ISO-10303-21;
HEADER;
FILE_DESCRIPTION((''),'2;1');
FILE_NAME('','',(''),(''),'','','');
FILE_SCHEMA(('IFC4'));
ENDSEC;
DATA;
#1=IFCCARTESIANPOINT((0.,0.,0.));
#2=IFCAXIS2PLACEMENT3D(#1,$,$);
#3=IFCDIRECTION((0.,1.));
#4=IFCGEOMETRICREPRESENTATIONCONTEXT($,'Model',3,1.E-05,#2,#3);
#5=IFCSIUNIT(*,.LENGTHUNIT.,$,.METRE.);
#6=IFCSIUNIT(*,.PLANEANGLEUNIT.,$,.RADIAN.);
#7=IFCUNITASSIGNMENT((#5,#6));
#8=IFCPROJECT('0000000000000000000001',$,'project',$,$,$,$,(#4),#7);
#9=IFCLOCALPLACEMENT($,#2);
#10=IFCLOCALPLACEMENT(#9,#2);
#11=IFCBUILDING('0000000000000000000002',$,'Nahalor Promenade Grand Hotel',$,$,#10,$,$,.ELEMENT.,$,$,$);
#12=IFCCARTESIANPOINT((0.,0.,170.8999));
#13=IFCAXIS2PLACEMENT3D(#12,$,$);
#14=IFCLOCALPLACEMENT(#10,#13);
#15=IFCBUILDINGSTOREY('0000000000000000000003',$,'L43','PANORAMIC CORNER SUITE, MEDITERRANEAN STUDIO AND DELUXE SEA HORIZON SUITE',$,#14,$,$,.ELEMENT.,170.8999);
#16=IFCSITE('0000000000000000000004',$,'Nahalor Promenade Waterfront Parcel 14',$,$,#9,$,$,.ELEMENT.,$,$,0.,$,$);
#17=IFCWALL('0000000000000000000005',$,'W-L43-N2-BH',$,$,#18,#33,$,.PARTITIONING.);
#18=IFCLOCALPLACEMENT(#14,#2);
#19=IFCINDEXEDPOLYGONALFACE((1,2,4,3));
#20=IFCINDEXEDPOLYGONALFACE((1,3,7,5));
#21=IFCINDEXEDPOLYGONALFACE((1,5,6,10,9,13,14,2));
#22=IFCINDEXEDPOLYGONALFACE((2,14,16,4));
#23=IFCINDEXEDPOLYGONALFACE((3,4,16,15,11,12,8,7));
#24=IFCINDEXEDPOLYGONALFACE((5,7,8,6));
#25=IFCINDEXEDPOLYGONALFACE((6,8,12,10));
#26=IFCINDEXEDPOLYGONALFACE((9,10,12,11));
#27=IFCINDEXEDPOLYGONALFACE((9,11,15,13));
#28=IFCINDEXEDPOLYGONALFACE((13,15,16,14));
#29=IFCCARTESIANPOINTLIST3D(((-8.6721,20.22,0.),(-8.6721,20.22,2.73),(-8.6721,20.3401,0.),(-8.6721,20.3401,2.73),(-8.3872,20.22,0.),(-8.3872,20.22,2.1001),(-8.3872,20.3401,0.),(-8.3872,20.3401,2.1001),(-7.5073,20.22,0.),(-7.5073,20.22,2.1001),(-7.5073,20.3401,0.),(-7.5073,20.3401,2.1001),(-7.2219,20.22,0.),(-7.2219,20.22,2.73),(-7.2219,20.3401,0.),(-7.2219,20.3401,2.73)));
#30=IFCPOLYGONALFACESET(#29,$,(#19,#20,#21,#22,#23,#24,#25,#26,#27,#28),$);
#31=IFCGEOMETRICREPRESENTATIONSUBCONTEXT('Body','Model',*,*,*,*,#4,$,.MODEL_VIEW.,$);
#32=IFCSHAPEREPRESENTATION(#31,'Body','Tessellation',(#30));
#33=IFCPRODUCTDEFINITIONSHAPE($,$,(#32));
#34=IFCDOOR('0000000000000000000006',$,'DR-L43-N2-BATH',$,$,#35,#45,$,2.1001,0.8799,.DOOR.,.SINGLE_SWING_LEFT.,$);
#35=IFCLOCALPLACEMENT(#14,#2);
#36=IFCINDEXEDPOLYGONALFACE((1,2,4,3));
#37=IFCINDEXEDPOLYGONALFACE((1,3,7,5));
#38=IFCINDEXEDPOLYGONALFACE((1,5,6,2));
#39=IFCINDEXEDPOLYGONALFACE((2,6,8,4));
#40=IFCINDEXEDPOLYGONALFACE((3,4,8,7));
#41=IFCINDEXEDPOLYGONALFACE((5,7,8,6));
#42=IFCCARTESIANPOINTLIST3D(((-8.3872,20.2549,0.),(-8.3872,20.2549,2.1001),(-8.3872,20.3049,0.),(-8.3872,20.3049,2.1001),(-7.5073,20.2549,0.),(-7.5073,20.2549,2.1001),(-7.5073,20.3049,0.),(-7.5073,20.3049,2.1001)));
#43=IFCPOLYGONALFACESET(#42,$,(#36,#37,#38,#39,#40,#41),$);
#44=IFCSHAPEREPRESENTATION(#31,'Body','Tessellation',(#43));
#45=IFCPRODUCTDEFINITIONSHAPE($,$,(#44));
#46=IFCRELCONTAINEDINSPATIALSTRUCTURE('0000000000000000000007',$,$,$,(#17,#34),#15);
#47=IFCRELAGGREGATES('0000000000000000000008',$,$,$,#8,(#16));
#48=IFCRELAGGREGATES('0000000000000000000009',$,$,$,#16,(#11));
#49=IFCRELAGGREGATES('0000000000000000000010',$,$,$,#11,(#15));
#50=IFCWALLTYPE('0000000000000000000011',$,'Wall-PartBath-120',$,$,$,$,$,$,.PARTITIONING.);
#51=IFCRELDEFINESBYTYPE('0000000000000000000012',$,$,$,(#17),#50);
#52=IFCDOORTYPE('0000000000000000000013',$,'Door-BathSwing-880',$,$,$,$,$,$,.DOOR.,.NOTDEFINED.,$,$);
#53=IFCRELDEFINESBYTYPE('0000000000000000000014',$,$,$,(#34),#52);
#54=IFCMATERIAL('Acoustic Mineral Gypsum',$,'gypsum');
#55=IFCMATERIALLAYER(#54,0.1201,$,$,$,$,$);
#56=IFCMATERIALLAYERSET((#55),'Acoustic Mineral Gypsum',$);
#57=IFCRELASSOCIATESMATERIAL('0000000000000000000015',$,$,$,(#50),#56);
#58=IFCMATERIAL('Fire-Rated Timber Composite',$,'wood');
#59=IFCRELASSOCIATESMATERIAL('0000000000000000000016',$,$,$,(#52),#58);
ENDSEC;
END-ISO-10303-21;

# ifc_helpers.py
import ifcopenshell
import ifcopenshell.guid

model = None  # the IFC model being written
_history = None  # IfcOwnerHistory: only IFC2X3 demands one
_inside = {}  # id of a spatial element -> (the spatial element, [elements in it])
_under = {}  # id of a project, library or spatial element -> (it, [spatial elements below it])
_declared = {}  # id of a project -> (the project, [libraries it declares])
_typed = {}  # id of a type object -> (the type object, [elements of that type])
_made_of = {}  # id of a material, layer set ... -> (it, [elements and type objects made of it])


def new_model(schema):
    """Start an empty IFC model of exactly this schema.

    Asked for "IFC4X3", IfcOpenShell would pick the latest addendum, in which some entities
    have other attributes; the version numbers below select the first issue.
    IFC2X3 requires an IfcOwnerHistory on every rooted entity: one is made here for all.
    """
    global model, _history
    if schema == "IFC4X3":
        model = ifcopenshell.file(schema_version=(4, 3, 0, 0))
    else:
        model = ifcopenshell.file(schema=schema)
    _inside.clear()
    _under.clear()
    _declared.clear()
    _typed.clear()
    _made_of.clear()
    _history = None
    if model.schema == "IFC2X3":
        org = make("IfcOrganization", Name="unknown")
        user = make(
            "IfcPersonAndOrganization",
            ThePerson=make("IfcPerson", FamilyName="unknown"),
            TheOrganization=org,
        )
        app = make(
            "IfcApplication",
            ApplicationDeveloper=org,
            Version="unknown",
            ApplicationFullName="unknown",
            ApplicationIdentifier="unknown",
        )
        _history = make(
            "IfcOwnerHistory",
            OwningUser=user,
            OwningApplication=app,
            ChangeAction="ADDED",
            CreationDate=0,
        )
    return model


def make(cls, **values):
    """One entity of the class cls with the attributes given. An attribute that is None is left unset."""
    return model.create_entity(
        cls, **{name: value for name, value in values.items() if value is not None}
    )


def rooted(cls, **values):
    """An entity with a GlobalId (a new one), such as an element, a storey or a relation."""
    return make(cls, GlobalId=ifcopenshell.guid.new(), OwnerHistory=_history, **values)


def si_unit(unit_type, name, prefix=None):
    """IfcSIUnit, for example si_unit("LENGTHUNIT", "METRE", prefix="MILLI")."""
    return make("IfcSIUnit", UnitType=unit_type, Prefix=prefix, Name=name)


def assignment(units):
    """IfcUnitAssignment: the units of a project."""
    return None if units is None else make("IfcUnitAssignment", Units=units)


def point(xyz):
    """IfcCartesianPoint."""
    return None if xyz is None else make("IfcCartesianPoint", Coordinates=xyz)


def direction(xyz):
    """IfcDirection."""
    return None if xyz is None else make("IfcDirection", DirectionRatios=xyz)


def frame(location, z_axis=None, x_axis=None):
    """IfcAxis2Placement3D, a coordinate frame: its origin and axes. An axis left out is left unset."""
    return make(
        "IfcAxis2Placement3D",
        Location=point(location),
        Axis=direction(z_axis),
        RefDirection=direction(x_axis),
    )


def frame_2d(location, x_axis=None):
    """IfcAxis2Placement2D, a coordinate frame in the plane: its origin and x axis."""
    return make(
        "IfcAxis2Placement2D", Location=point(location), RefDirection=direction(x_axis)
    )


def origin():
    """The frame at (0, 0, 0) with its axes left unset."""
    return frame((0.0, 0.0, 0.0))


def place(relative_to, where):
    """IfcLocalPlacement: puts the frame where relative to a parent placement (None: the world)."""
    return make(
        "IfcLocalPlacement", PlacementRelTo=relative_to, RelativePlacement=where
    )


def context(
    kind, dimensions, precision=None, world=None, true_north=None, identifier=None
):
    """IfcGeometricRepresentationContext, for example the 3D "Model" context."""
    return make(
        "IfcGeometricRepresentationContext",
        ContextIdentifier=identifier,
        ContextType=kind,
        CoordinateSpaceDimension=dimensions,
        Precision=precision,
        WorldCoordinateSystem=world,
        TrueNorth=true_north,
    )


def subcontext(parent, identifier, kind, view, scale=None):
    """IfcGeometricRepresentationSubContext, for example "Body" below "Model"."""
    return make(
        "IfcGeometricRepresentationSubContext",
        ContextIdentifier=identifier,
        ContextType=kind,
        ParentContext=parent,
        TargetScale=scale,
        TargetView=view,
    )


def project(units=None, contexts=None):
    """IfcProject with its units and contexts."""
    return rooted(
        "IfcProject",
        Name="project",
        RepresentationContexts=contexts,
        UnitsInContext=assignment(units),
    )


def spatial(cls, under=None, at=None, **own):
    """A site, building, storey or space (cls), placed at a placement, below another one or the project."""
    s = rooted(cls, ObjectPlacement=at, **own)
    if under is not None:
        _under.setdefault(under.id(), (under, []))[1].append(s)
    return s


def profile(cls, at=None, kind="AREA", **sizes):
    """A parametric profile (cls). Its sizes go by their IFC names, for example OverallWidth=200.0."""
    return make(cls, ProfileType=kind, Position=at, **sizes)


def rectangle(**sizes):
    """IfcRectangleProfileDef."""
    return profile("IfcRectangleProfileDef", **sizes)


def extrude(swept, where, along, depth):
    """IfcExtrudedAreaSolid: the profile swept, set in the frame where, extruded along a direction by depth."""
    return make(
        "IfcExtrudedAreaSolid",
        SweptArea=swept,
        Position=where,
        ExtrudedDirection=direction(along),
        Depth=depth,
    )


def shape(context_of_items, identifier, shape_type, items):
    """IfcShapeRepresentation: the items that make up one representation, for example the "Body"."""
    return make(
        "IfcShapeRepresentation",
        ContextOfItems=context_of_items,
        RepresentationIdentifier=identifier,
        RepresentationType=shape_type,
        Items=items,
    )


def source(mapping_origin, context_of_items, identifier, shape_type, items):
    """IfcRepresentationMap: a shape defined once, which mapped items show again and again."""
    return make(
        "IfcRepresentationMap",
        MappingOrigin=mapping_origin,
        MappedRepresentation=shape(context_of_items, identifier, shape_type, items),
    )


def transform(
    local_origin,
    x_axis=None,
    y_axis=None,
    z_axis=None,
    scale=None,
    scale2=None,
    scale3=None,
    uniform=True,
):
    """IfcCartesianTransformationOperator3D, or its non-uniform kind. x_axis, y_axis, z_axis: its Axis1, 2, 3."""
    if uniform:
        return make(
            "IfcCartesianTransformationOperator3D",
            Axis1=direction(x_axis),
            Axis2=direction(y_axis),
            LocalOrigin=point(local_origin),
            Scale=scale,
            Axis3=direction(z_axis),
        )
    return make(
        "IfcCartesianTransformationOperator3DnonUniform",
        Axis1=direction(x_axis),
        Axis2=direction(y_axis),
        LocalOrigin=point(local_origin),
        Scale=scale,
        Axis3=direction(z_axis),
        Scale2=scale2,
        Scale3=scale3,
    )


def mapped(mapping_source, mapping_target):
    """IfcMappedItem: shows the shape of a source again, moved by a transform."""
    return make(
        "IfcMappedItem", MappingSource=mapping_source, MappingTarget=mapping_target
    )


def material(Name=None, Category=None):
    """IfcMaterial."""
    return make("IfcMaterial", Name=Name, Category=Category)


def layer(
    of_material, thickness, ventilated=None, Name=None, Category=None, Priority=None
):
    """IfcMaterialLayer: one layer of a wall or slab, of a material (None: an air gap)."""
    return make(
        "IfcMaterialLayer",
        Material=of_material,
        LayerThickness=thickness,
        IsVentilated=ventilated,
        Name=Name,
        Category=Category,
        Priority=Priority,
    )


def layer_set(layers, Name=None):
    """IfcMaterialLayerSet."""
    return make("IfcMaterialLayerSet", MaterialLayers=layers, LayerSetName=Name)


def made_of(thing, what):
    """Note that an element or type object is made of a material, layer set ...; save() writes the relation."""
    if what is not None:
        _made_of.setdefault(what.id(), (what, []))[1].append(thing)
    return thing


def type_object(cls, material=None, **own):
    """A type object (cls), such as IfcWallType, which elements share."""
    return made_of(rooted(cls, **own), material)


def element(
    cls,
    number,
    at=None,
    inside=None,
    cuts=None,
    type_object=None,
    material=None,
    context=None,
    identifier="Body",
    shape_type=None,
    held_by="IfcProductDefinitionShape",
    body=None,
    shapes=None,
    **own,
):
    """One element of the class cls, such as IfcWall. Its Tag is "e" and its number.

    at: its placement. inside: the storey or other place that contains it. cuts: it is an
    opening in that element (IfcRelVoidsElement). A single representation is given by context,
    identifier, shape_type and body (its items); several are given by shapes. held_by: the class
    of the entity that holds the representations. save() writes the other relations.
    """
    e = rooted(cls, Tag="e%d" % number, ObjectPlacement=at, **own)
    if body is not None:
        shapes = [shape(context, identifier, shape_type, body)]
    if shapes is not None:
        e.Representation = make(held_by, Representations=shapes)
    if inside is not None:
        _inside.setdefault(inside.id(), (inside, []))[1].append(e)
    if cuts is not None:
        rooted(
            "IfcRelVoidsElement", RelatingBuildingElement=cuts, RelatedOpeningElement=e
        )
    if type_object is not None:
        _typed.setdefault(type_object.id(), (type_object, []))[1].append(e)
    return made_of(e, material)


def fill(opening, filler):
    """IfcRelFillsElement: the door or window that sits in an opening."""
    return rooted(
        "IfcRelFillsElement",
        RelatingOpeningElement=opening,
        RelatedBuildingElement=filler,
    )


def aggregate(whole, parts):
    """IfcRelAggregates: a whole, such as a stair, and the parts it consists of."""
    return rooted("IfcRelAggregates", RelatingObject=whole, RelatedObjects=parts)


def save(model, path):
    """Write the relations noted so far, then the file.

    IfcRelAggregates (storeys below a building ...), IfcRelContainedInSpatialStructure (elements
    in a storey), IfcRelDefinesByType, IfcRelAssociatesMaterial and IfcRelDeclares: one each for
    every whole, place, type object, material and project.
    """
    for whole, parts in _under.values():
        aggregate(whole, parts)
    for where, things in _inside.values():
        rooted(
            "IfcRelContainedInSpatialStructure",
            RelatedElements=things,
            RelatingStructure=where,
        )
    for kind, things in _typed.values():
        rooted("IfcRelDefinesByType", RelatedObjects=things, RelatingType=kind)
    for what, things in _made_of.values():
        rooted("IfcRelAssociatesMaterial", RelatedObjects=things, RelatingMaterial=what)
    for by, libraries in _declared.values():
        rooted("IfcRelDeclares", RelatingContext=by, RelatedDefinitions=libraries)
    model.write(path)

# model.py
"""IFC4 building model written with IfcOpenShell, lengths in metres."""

from ifc_helpers import new_model, si_unit, direction, frame, frame_2d, origin, place, context, subcontext, project, spatial, rectangle, extrude, source, transform, mapped, material, layer, layer_set, type_object, element, fill, save


model = new_model("IFC4")

# Units and contexts
model_context = context("Model", 3, precision=1e-05, world=origin(), true_north=direction((0.0, 1.0)))
body_context = subcontext(model_context, "Body", "Model", "MODEL_VIEW")
ifc_project = project(units=[si_unit("LENGTHUNIT", "METRE"), si_unit("PLANEANGLEUNIT", "RADIAN")], contexts=[model_context])

# Site, building, storey
site_placement = place(None, origin())
site = spatial("IfcSite", under=ifc_project, at=site_placement, Name="Nahalor Promenade Waterfront Parcel 14", CompositionType="ELEMENT", RefElevation=0.0)
building_placement = place(site_placement, origin())
building = spatial("IfcBuilding", under=site, at=building_placement, Name="Nahalor Promenade Grand Hotel", CompositionType="ELEMENT")
storey_placement = place(building_placement, frame((0.0, 0.0, 170.8999)))
storey = spatial("IfcBuildingStorey", under=building, at=storey_placement, Name="L43", Description="PANORAMIC CORNER SUITE, MEDITERRANEAN STUDIO AND DELUXE SEA HORIZON SUITE", CompositionType="ELEMENT", Elevation=170.8999)

# Shared definitions
ifc_material_1 = material(Name="Acoustic Mineral Gypsum", Category="gypsum")
ifc_layer_1 = layer(ifc_material_1, 0.1201)
ifc_layer_set_1 = layer_set([ifc_layer_1], Name="Acoustic Mineral Gypsum")
wall_type = type_object("IfcWallType", Name="Wall-PartBath-120", PredefinedType="PARTITIONING", material=ifc_layer_set_1)
ifc_material_2 = material(Name="Fire-Rated Timber Composite", Category="wood")
door_type = type_object("IfcDoorType", Name="Door-BathSwing-880", OperationType="NOTDEFINED", PredefinedType="DOOR", material=ifc_material_2)
shared_shape_1 = source(origin(), body_context, "Body", "SweptSolid", [
    extrude(rectangle(XDim=0.8799, YDim=2.1001, at=frame_2d((0.4399, 1.05))), frame((0.0, 0.0249, 0.0), z_axis=(0.0, -1.0, 0.0), x_axis=(1.0, 0.0, 0.0)), (0.0, 0.0, 1.0), 0.05),
])

# Wall, opening, door
shared_shape_2 = source(origin(), body_context, "Body", "SweptSolid", [
    extrude(rectangle(XDim=1.4502, YDim=0.1201, at=frame_2d((0.7251, 0.0))), origin(), (0.0, 0.0, 1.0), 2.73),
])
wall_1_placement = place(storey_placement, frame((-8.6721, 20.28, 0.0), z_axis=(0.0, 0.0, 1.0), x_axis=(1.0, 0.0, 0.0)))
wall_1 = element("IfcWall", 1, at=wall_1_placement, inside=storey, type_object=wall_type, Name="W-L43-N2-BH", PredefinedType="PARTITIONING", context=body_context, shape_type="MappedRepresentation", body=[
    mapped(shared_shape_2, transform((0.0, 0.0, 0.0), scale=1.0)),
])
opening_1_placement = place(wall_1_placement, frame((0.2849, 0.0, 0.0)))
opening_1 = element("IfcOpeningElement", 2, at=opening_1_placement, cuts=wall_1, PredefinedType="OPENING", context=body_context, shape_type="SweptSolid", body=[
    extrude(rectangle(XDim=0.8799, YDim=2.1001, at=frame_2d((0.4399, 1.05))), frame((0.0, 0.0701, 0.0), z_axis=(0.0, -1.0, 0.0), x_axis=(1.0, 0.0, 0.0)), (0.0, 0.0, 1.0), 0.1401),
])
door_1_placement = place(opening_1_placement, origin())
door_1 = element("IfcDoor", 3, at=door_1_placement, inside=storey, type_object=door_type, Name="DR-L43-N2-BATH", OperationType="SINGLE_SWING_LEFT", OverallHeight=2.1001, OverallWidth=0.8799, PredefinedType="DOOR", context=body_context, shape_type="MappedRepresentation", body=[
    mapped(shared_shape_1, transform((0.0, 0.0, 0.0), scale=1.0)),
])
fill(opening_1, door_1)

save(model, "model.ifc")
